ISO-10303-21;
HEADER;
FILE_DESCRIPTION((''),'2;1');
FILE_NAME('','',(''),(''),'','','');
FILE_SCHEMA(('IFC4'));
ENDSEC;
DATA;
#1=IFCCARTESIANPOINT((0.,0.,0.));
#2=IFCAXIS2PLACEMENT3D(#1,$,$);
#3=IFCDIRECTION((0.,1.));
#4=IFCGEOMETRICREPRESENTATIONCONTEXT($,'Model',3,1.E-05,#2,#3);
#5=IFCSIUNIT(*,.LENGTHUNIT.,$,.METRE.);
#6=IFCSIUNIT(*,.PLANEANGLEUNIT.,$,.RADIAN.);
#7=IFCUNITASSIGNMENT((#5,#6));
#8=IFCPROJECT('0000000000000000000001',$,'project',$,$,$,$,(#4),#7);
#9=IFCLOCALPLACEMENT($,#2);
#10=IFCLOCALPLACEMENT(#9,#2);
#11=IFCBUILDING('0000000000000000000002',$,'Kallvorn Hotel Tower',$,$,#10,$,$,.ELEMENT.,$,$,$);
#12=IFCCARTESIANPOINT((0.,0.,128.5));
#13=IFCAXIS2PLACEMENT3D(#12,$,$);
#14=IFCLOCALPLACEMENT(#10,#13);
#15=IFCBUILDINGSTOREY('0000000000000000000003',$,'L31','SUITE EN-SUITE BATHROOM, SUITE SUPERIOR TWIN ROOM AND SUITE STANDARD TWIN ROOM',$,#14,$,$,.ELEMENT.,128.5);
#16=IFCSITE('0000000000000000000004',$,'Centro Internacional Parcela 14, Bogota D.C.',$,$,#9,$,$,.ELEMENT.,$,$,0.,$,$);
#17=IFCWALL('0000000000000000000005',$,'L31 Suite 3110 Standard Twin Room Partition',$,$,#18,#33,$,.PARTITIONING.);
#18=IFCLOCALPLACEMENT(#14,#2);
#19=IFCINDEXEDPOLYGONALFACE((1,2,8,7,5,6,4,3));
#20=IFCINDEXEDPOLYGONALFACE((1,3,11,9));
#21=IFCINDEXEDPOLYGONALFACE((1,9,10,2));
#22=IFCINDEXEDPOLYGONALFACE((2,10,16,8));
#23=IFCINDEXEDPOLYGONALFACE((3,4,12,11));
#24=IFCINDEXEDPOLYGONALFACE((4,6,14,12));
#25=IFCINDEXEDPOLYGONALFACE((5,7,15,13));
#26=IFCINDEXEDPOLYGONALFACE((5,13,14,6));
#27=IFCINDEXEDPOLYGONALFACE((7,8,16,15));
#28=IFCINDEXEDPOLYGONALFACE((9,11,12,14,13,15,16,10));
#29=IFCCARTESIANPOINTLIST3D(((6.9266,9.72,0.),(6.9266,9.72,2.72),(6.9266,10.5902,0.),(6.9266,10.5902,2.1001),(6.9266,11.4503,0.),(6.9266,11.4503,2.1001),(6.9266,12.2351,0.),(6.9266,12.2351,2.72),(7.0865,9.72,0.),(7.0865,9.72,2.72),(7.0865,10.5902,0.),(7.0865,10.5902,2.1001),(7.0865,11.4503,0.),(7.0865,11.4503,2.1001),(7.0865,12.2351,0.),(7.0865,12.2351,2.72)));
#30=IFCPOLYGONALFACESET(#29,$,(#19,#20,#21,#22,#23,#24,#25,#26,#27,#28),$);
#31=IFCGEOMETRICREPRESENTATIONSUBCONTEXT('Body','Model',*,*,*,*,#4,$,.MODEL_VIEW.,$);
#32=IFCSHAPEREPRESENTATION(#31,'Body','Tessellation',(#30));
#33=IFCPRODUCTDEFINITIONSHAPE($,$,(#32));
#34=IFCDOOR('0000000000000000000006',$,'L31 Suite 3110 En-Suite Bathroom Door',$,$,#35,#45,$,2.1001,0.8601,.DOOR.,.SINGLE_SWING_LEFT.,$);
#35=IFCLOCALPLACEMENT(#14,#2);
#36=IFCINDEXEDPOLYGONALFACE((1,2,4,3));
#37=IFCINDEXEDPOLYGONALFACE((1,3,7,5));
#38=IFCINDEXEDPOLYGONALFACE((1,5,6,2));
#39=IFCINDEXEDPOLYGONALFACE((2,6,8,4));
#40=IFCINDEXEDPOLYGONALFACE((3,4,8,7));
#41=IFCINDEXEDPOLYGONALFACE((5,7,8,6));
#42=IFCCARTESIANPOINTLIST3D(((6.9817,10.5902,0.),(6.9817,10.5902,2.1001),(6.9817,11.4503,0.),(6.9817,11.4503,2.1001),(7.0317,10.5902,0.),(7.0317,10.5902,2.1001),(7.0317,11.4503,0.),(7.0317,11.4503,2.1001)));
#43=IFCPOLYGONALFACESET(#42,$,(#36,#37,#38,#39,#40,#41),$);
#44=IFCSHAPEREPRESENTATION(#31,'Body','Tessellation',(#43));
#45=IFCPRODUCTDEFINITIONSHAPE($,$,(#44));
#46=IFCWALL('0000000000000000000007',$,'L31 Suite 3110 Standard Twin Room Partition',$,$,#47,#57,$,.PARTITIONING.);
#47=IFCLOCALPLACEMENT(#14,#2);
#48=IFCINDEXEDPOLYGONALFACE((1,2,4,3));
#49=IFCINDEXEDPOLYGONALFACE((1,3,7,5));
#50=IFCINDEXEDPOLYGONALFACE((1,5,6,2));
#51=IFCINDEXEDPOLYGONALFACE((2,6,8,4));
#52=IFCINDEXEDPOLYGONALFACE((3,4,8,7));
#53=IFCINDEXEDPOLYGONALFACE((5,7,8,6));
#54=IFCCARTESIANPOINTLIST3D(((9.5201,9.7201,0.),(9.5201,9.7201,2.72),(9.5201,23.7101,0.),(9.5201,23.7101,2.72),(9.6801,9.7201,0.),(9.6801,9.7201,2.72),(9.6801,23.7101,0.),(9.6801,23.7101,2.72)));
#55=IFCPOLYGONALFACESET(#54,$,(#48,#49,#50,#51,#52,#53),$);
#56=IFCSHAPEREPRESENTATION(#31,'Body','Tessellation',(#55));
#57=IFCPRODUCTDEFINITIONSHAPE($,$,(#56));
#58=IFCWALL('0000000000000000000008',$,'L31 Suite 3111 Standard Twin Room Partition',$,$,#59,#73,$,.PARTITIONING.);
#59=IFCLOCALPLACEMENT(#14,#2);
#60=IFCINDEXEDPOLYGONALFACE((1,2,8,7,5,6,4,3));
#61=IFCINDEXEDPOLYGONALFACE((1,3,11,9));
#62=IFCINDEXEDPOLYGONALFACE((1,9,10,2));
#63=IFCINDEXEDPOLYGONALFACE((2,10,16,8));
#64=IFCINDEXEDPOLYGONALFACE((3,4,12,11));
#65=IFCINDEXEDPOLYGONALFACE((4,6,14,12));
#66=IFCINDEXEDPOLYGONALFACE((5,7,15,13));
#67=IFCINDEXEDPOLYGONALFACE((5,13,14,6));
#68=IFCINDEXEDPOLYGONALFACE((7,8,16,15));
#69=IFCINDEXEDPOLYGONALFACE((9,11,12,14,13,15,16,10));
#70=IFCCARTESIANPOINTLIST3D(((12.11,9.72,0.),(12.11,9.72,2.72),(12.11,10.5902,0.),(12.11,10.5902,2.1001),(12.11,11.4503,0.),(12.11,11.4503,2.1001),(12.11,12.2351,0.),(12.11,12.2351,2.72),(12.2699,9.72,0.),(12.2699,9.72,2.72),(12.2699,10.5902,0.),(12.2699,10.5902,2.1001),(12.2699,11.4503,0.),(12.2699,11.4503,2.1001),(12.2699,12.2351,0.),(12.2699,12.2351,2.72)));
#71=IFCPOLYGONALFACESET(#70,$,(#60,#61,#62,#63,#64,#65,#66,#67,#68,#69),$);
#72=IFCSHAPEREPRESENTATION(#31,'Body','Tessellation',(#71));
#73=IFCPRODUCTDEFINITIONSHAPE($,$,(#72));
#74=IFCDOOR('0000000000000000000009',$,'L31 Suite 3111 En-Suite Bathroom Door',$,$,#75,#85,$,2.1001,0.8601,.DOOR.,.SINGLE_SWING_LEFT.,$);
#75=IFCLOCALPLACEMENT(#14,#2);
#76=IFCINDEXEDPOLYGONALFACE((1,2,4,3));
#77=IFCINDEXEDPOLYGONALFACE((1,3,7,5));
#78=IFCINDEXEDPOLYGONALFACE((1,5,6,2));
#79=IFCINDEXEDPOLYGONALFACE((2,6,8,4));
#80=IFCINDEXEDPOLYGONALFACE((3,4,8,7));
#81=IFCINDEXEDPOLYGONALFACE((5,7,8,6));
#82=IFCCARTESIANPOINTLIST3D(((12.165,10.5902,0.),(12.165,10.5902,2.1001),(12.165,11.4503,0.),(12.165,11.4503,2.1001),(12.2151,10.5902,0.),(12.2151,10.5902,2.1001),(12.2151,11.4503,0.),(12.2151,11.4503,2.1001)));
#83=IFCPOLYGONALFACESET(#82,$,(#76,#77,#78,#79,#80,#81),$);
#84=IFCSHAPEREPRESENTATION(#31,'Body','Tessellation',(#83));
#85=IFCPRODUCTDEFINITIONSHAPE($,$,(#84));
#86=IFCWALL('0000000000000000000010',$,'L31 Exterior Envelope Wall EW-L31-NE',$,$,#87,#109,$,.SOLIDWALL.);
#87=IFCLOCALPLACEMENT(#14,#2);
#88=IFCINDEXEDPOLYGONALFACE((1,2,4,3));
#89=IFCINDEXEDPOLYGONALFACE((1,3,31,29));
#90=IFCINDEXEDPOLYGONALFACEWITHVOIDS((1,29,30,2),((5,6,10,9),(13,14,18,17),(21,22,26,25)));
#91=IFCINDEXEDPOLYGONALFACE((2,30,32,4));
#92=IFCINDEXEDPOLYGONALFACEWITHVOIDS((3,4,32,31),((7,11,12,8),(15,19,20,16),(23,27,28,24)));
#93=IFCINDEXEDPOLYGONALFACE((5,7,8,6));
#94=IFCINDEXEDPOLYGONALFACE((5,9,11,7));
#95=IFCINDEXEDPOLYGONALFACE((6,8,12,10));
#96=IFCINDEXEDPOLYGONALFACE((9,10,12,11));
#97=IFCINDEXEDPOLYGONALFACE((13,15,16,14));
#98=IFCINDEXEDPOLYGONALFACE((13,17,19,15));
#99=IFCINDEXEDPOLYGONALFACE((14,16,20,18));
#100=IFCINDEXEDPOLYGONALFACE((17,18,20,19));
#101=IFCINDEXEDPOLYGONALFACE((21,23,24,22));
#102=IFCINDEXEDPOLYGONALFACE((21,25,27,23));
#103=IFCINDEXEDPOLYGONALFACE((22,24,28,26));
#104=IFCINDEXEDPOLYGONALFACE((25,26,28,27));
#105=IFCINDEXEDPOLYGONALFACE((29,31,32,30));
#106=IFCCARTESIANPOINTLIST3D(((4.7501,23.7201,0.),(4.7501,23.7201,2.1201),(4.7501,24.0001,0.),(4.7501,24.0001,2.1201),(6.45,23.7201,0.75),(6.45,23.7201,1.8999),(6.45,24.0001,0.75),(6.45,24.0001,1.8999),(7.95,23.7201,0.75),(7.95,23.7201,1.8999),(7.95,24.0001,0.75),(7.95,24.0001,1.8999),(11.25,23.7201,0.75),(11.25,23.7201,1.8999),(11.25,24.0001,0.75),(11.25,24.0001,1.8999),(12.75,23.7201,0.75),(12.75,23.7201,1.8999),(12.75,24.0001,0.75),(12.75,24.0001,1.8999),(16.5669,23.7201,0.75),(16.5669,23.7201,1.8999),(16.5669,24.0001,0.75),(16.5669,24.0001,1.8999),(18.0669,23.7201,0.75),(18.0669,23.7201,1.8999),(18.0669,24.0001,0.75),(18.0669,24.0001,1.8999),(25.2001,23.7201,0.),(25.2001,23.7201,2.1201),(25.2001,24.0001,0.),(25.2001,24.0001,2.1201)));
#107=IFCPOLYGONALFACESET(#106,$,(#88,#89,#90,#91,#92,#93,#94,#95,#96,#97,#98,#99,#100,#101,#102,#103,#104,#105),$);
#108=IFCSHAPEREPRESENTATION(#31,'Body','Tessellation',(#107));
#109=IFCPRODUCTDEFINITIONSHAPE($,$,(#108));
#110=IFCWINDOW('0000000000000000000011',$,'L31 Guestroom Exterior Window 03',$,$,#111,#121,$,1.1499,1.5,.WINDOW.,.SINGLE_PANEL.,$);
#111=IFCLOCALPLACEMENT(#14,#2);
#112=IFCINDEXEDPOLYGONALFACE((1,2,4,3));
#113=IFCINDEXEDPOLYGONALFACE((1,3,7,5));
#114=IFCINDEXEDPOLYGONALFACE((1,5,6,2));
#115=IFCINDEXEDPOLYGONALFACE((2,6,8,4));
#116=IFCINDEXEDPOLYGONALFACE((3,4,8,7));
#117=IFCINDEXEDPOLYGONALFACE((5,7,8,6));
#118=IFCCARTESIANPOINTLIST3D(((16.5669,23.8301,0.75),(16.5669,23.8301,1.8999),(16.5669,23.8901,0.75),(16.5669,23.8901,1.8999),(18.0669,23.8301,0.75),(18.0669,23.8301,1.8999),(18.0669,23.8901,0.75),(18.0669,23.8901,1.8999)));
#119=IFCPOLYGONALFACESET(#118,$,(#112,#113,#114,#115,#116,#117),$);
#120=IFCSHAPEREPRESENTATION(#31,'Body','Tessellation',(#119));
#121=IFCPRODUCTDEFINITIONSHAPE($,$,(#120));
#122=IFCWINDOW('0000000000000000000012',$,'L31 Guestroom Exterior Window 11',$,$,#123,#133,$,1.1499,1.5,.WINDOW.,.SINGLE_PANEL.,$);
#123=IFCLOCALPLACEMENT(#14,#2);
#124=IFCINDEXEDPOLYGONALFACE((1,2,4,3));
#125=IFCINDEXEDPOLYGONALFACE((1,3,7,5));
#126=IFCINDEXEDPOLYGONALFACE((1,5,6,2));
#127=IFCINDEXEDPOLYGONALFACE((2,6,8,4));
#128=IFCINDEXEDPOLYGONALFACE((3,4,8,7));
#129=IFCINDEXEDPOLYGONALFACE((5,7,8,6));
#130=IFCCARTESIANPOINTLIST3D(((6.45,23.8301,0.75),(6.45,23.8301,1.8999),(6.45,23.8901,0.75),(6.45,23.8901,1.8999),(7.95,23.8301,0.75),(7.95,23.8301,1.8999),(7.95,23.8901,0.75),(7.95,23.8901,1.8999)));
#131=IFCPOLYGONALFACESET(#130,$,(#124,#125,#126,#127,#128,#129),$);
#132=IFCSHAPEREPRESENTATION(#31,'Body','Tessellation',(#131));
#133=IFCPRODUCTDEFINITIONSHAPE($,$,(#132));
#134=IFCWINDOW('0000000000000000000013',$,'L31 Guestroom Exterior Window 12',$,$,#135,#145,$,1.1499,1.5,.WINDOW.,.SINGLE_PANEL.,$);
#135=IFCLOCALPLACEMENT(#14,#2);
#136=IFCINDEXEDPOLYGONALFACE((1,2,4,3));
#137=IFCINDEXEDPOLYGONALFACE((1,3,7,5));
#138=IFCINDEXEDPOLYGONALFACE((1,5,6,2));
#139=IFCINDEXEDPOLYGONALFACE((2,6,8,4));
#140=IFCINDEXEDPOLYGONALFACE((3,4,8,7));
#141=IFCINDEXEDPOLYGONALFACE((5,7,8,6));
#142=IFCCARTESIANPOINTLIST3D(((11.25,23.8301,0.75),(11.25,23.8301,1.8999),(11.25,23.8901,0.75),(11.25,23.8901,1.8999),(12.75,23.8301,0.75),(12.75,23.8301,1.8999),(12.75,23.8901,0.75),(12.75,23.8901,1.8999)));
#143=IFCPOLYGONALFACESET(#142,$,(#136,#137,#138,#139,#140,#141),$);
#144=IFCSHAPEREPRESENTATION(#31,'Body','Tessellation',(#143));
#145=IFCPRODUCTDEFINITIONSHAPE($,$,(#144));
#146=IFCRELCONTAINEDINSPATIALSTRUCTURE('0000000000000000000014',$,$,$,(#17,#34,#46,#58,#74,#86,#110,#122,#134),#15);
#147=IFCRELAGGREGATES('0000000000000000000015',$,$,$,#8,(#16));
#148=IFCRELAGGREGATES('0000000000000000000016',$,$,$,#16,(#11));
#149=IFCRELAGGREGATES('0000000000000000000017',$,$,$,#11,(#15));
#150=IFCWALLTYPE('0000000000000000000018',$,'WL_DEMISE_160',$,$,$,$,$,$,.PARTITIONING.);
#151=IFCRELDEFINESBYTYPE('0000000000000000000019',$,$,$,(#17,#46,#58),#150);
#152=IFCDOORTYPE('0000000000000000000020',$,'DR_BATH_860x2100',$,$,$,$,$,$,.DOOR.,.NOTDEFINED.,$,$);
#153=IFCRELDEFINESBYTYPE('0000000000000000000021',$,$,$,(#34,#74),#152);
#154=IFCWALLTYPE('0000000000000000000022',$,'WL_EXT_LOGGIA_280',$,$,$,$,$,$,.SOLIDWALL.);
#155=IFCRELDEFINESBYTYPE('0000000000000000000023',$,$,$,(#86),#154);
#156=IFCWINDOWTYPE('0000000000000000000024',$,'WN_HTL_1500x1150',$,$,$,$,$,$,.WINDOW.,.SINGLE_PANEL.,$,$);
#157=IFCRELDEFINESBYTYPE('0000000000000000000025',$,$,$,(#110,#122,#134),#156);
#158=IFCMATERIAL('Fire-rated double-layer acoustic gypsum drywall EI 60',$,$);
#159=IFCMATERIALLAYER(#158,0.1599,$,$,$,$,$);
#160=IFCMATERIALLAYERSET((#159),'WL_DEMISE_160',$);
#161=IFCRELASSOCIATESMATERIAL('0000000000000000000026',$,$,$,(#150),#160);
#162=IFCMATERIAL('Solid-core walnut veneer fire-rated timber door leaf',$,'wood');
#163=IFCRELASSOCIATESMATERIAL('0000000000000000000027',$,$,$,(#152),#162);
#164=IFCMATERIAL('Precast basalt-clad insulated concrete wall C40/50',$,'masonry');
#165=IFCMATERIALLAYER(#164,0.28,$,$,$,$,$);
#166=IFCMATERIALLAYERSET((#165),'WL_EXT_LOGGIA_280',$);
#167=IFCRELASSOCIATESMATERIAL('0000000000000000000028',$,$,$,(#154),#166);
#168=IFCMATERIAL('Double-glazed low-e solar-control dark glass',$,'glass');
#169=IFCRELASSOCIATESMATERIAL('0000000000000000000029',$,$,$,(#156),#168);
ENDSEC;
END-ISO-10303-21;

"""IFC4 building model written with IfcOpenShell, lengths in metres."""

from ifc_helpers import new_model, si_unit, direction, frame, frame_2d, origin, place, context, subcontext, project, spatial, rectangle, extrude, material, layer, layer_set, type_object, element, fill, save


model = new_model("IFC4")

# Units and contexts
model_context = context("Model", 3, precision=1e-05, world=origin(), true_north=direction((0.0, 1.0)))
body_context = subcontext(model_context, "Body", "Model", "MODEL_VIEW")
ifc_project = project(units=[si_unit("LENGTHUNIT", "METRE"), si_unit("PLANEANGLEUNIT", "RADIAN")], contexts=[model_context])

# Site, building, storey
site_placement = place(None, origin())
site = spatial("IfcSite", under=ifc_project, at=site_placement, Name="Centro Internacional Parcela 14, Bogota D.C.", CompositionType="ELEMENT", RefElevation=0.0)
building_placement = place(site_placement, origin())
building = spatial("IfcBuilding", under=site, at=building_placement, Name="Kallvorn Hotel Tower", CompositionType="ELEMENT")
storey_placement = place(building_placement, frame((0.0, 0.0, 128.5)))
storey = spatial("IfcBuildingStorey", under=building, at=storey_placement, Name="L31", Description="SUITE EN-SUITE BATHROOM, SUITE SUPERIOR TWIN ROOM AND SUITE STANDARD TWIN ROOM", CompositionType="ELEMENT", Elevation=128.5)

# Shared definitions
ifc_material_1 = material(Name="Fire-rated double-layer acoustic gypsum drywall EI 60")
ifc_layer_1 = layer(ifc_material_1, 0.1599)
ifc_layer_set_1 = layer_set([ifc_layer_1], Name="WL_DEMISE_160")
wall_type_1 = type_object("IfcWallType", Name="WL_DEMISE_160", PredefinedType="PARTITIONING", material=ifc_layer_set_1)

# Wall, opening, door
wall_1_placement = place(storey_placement, frame((7.0066, 9.72, 0.0), z_axis=(0.0, 0.0, 1.0), x_axis=(0.0, 1.0, 0.0)))
wall_1 = element("IfcWall", 1, at=wall_1_placement, inside=storey, type_object=wall_type_1, Name="L31 Suite 3110 Standard Twin Room Partition", PredefinedType="PARTITIONING", context=body_context, shape_type="SweptSolid", body=[
    extrude(rectangle(XDim=2.5151, YDim=0.1599, at=frame_2d((1.2576, 0.0))), origin(), (0.0, 0.0, 1.0), 2.72),
])
opening_1_placement = place(wall_1_placement, frame((0.8701, 0.0, 0.0)))
opening_1 = element("IfcOpeningElement", 2, at=opening_1_placement, cuts=wall_1, PredefinedType="OPENING", context=body_context, shape_type="SweptSolid", body=[
    extrude(rectangle(XDim=0.8601, YDim=2.1001, at=frame_2d((0.4302, 1.05))), frame((0.0, 0.095, 0.0), z_axis=(0.0, -1.0, 0.0), x_axis=(1.0, 0.0, 0.0)), (0.0, 0.0, 1.0), 0.1899),
])
ifc_material_2 = material(Name="Solid-core walnut veneer fire-rated timber door leaf", Category="wood")
door_type = type_object("IfcDoorType", Name="DR_BATH_860x2100", OperationType="NOTDEFINED", PredefinedType="DOOR", material=ifc_material_2)
door_1_placement = place(opening_1_placement, origin())
door_1 = element("IfcDoor", 3, at=door_1_placement, inside=storey, type_object=door_type, Name="L31 Suite 3110 En-Suite Bathroom Door", OperationType="SINGLE_SWING_LEFT", OverallHeight=2.1001, OverallWidth=0.8601, PredefinedType="DOOR", context=body_context, shape_type="SweptSolid", body=[
    extrude(rectangle(XDim=0.8601, YDim=2.1001, at=frame_2d((0.4302, 1.05))), frame((0.0, 0.0249, 0.0), z_axis=(0.0, -1.0, 0.0), x_axis=(1.0, 0.0, 0.0)), (0.0, 0.0, 1.0), 0.05),
])
fill(opening_1, door_1)

# Wall
wall_2_placement = place(storey_placement, frame((9.6001, 9.72, 0.0), z_axis=(0.0, 0.0, 1.0), x_axis=(0.0, 1.0, 0.0)))
element("IfcWall", 4, at=wall_2_placement, inside=storey, type_object=wall_type_1, Name="L31 Suite 3110 Standard Twin Room Partition", PredefinedType="PARTITIONING", context=body_context, shape_type="SweptSolid", body=[
    extrude(rectangle(XDim=13.99, YDim=0.1599, at=frame_2d((6.9951, 0.0))), origin(), (0.0, 0.0, 1.0), 2.72),
])

# Wall, opening, door
wall_3_placement = place(storey_placement, frame((12.1899, 9.72, 0.0), z_axis=(0.0, 0.0, 1.0), x_axis=(0.0, 1.0, 0.0)))
wall_3 = element("IfcWall", 5, at=wall_3_placement, inside=storey, type_object=wall_type_1, Name="L31 Suite 3111 Standard Twin Room Partition", PredefinedType="PARTITIONING", context=body_context, shape_type="SweptSolid", body=[
    extrude(rectangle(XDim=2.5151, YDim=0.1599, at=frame_2d((1.2576, 0.0))), origin(), (0.0, 0.0, 1.0), 2.72),
])
opening_2_placement = place(wall_3_placement, frame((0.8701, 0.0, 0.0)))
opening_2 = element("IfcOpeningElement", 6, at=opening_2_placement, cuts=wall_3, PredefinedType="OPENING", context=body_context, shape_type="SweptSolid", body=[
    extrude(rectangle(XDim=0.8601, YDim=2.1001, at=frame_2d((0.4302, 1.05))), frame((0.0, 0.095, 0.0), z_axis=(0.0, -1.0, 0.0), x_axis=(1.0, 0.0, 0.0)), (0.0, 0.0, 1.0), 0.1899),
])
door_2_placement = place(opening_2_placement, origin())
door_2 = element("IfcDoor", 7, at=door_2_placement, inside=storey, type_object=door_type, Name="L31 Suite 3111 En-Suite Bathroom Door", OperationType="SINGLE_SWING_LEFT", OverallHeight=2.1001, OverallWidth=0.8601, PredefinedType="DOOR", context=body_context, shape_type="SweptSolid", body=[
    extrude(rectangle(XDim=0.8601, YDim=2.1001, at=frame_2d((0.4302, 1.05))), frame((0.0, 0.0249, 0.0), z_axis=(0.0, -1.0, 0.0), x_axis=(1.0, 0.0, 0.0)), (0.0, 0.0, 1.0), 0.05),
])
fill(opening_2, door_2)

# Wall, openings, windows
ifc_material_3 = material(Name="Precast basalt-clad insulated concrete wall C40/50", Category="masonry")
ifc_layer_2 = layer(ifc_material_3, 0.28)
ifc_layer_set_2 = layer_set([ifc_layer_2], Name="WL_EXT_LOGGIA_280")
wall_type_2 = type_object("IfcWallType", Name="WL_EXT_LOGGIA_280", PredefinedType="SOLIDWALL", material=ifc_layer_set_2)
wall_4_placement = place(storey_placement, frame((4.75, 23.8601, 0.0), z_axis=(0.0, 0.0, 1.0), x_axis=(1.0, 0.0, 0.0)))
wall_4 = element("IfcWall", 8, at=wall_4_placement, inside=storey, type_object=wall_type_2, Name="L31 Exterior Envelope Wall EW-L31-NE", PredefinedType="SOLIDWALL", context=body_context, shape_type="SweptSolid", body=[
    extrude(rectangle(XDim=20.45, YDim=0.28, at=frame_2d((10.2251, 0.0))), origin(), (0.0, 0.0, 1.0), 2.1201),
])
opening_3_placement = place(wall_4_placement, frame((11.8169, 0.0, 0.75)))
opening_3 = element("IfcOpeningElement", 9, at=opening_3_placement, cuts=wall_4, PredefinedType="OPENING", context=body_context, shape_type="SweptSolid", body=[
    extrude(rectangle(XDim=1.5, YDim=1.1499, at=frame_2d((0.75, 0.575))), frame((0.0, 0.155, 0.0), z_axis=(0.0, -1.0, 0.0), x_axis=(1.0, 0.0, 0.0)), (0.0, 0.0, 1.0), 0.3101),
])
opening_4_placement = place(wall_4_placement, frame((1.7, 0.0, 0.75)))
opening_4 = element("IfcOpeningElement", 10, at=opening_4_placement, cuts=wall_4, PredefinedType="OPENING", context=body_context, shape_type="SweptSolid", body=[
    extrude(rectangle(XDim=1.5, YDim=1.1499, at=frame_2d((0.75, 0.575))), frame((0.0, 0.155, 0.0), z_axis=(0.0, -1.0, 0.0), x_axis=(1.0, 0.0, 0.0)), (0.0, 0.0, 1.0), 0.3101),
])
opening_5_placement = place(wall_4_placement, frame((6.5, 0.0, 0.75)))
opening_5 = element("IfcOpeningElement", 11, at=opening_5_placement, cuts=wall_4, PredefinedType="OPENING", context=body_context, shape_type="SweptSolid", body=[
    extrude(rectangle(XDim=1.5, YDim=1.1499, at=frame_2d((0.75, 0.575))), frame((0.0, 0.155, 0.0), z_axis=(0.0, -1.0, 0.0), x_axis=(1.0, 0.0, 0.0)), (0.0, 0.0, 1.0), 0.3101),
])
ifc_material_4 = material(Name="Double-glazed low-e solar-control dark glass", Category="glass")
window_type = type_object("IfcWindowType", Name="WN_HTL_1500x1150", PartitioningType="SINGLE_PANEL", PredefinedType="WINDOW", material=ifc_material_4)
window_1_placement = place(opening_3_placement, origin())
window_1 = element("IfcWindow", 12, at=window_1_placement, inside=storey, type_object=window_type, Name="L31 Guestroom Exterior Window 03", OverallHeight=1.1499, OverallWidth=1.5, PartitioningType="SINGLE_PANEL", PredefinedType="WINDOW", context=body_context, shape_type="SweptSolid", body=[
    extrude(rectangle(XDim=1.5, YDim=1.1499, at=frame_2d((0.75, 0.575))), frame((0.0, 0.03, 0.0), z_axis=(0.0, -1.0, 0.0), x_axis=(1.0, 0.0, 0.0)), (0.0, 0.0, 1.0), 0.0601),
])
fill(opening_3, window_1)
window_2_placement = place(opening_4_placement, origin())
window_2 = element("IfcWindow", 13, at=window_2_placement, inside=storey, type_object=window_type, Name="L31 Guestroom Exterior Window 11", OverallHeight=1.1499, OverallWidth=1.5, PartitioningType="SINGLE_PANEL", PredefinedType="WINDOW", context=body_context, shape_type="SweptSolid", body=[
    extrude(rectangle(XDim=1.5, YDim=1.1499, at=frame_2d((0.75, 0.575))), frame((0.0, 0.03, 0.0), z_axis=(0.0, -1.0, 0.0), x_axis=(1.0, 0.0, 0.0)), (0.0, 0.0, 1.0), 0.0601),
])
fill(opening_4, window_2)
window_3_placement = place(opening_5_placement, origin())
window_3 = element("IfcWindow", 14, at=window_3_placement, inside=storey, type_object=window_type, Name="L31 Guestroom Exterior Window 12", OverallHeight=1.1499, OverallWidth=1.5, PartitioningType="SINGLE_PANEL", PredefinedType="WINDOW", context=body_context, shape_type="SweptSolid", body=[
    extrude(rectangle(XDim=1.5, YDim=1.1499, at=frame_2d((0.75, 0.575))), frame((0.0, 0.03, 0.0), z_axis=(0.0, -1.0, 0.0), x_axis=(1.0, 0.0, 0.0)), (0.0, 0.0, 1.0), 0.0601),
])
fill(opening_5, window_3)

save(model, "model.ifc")
